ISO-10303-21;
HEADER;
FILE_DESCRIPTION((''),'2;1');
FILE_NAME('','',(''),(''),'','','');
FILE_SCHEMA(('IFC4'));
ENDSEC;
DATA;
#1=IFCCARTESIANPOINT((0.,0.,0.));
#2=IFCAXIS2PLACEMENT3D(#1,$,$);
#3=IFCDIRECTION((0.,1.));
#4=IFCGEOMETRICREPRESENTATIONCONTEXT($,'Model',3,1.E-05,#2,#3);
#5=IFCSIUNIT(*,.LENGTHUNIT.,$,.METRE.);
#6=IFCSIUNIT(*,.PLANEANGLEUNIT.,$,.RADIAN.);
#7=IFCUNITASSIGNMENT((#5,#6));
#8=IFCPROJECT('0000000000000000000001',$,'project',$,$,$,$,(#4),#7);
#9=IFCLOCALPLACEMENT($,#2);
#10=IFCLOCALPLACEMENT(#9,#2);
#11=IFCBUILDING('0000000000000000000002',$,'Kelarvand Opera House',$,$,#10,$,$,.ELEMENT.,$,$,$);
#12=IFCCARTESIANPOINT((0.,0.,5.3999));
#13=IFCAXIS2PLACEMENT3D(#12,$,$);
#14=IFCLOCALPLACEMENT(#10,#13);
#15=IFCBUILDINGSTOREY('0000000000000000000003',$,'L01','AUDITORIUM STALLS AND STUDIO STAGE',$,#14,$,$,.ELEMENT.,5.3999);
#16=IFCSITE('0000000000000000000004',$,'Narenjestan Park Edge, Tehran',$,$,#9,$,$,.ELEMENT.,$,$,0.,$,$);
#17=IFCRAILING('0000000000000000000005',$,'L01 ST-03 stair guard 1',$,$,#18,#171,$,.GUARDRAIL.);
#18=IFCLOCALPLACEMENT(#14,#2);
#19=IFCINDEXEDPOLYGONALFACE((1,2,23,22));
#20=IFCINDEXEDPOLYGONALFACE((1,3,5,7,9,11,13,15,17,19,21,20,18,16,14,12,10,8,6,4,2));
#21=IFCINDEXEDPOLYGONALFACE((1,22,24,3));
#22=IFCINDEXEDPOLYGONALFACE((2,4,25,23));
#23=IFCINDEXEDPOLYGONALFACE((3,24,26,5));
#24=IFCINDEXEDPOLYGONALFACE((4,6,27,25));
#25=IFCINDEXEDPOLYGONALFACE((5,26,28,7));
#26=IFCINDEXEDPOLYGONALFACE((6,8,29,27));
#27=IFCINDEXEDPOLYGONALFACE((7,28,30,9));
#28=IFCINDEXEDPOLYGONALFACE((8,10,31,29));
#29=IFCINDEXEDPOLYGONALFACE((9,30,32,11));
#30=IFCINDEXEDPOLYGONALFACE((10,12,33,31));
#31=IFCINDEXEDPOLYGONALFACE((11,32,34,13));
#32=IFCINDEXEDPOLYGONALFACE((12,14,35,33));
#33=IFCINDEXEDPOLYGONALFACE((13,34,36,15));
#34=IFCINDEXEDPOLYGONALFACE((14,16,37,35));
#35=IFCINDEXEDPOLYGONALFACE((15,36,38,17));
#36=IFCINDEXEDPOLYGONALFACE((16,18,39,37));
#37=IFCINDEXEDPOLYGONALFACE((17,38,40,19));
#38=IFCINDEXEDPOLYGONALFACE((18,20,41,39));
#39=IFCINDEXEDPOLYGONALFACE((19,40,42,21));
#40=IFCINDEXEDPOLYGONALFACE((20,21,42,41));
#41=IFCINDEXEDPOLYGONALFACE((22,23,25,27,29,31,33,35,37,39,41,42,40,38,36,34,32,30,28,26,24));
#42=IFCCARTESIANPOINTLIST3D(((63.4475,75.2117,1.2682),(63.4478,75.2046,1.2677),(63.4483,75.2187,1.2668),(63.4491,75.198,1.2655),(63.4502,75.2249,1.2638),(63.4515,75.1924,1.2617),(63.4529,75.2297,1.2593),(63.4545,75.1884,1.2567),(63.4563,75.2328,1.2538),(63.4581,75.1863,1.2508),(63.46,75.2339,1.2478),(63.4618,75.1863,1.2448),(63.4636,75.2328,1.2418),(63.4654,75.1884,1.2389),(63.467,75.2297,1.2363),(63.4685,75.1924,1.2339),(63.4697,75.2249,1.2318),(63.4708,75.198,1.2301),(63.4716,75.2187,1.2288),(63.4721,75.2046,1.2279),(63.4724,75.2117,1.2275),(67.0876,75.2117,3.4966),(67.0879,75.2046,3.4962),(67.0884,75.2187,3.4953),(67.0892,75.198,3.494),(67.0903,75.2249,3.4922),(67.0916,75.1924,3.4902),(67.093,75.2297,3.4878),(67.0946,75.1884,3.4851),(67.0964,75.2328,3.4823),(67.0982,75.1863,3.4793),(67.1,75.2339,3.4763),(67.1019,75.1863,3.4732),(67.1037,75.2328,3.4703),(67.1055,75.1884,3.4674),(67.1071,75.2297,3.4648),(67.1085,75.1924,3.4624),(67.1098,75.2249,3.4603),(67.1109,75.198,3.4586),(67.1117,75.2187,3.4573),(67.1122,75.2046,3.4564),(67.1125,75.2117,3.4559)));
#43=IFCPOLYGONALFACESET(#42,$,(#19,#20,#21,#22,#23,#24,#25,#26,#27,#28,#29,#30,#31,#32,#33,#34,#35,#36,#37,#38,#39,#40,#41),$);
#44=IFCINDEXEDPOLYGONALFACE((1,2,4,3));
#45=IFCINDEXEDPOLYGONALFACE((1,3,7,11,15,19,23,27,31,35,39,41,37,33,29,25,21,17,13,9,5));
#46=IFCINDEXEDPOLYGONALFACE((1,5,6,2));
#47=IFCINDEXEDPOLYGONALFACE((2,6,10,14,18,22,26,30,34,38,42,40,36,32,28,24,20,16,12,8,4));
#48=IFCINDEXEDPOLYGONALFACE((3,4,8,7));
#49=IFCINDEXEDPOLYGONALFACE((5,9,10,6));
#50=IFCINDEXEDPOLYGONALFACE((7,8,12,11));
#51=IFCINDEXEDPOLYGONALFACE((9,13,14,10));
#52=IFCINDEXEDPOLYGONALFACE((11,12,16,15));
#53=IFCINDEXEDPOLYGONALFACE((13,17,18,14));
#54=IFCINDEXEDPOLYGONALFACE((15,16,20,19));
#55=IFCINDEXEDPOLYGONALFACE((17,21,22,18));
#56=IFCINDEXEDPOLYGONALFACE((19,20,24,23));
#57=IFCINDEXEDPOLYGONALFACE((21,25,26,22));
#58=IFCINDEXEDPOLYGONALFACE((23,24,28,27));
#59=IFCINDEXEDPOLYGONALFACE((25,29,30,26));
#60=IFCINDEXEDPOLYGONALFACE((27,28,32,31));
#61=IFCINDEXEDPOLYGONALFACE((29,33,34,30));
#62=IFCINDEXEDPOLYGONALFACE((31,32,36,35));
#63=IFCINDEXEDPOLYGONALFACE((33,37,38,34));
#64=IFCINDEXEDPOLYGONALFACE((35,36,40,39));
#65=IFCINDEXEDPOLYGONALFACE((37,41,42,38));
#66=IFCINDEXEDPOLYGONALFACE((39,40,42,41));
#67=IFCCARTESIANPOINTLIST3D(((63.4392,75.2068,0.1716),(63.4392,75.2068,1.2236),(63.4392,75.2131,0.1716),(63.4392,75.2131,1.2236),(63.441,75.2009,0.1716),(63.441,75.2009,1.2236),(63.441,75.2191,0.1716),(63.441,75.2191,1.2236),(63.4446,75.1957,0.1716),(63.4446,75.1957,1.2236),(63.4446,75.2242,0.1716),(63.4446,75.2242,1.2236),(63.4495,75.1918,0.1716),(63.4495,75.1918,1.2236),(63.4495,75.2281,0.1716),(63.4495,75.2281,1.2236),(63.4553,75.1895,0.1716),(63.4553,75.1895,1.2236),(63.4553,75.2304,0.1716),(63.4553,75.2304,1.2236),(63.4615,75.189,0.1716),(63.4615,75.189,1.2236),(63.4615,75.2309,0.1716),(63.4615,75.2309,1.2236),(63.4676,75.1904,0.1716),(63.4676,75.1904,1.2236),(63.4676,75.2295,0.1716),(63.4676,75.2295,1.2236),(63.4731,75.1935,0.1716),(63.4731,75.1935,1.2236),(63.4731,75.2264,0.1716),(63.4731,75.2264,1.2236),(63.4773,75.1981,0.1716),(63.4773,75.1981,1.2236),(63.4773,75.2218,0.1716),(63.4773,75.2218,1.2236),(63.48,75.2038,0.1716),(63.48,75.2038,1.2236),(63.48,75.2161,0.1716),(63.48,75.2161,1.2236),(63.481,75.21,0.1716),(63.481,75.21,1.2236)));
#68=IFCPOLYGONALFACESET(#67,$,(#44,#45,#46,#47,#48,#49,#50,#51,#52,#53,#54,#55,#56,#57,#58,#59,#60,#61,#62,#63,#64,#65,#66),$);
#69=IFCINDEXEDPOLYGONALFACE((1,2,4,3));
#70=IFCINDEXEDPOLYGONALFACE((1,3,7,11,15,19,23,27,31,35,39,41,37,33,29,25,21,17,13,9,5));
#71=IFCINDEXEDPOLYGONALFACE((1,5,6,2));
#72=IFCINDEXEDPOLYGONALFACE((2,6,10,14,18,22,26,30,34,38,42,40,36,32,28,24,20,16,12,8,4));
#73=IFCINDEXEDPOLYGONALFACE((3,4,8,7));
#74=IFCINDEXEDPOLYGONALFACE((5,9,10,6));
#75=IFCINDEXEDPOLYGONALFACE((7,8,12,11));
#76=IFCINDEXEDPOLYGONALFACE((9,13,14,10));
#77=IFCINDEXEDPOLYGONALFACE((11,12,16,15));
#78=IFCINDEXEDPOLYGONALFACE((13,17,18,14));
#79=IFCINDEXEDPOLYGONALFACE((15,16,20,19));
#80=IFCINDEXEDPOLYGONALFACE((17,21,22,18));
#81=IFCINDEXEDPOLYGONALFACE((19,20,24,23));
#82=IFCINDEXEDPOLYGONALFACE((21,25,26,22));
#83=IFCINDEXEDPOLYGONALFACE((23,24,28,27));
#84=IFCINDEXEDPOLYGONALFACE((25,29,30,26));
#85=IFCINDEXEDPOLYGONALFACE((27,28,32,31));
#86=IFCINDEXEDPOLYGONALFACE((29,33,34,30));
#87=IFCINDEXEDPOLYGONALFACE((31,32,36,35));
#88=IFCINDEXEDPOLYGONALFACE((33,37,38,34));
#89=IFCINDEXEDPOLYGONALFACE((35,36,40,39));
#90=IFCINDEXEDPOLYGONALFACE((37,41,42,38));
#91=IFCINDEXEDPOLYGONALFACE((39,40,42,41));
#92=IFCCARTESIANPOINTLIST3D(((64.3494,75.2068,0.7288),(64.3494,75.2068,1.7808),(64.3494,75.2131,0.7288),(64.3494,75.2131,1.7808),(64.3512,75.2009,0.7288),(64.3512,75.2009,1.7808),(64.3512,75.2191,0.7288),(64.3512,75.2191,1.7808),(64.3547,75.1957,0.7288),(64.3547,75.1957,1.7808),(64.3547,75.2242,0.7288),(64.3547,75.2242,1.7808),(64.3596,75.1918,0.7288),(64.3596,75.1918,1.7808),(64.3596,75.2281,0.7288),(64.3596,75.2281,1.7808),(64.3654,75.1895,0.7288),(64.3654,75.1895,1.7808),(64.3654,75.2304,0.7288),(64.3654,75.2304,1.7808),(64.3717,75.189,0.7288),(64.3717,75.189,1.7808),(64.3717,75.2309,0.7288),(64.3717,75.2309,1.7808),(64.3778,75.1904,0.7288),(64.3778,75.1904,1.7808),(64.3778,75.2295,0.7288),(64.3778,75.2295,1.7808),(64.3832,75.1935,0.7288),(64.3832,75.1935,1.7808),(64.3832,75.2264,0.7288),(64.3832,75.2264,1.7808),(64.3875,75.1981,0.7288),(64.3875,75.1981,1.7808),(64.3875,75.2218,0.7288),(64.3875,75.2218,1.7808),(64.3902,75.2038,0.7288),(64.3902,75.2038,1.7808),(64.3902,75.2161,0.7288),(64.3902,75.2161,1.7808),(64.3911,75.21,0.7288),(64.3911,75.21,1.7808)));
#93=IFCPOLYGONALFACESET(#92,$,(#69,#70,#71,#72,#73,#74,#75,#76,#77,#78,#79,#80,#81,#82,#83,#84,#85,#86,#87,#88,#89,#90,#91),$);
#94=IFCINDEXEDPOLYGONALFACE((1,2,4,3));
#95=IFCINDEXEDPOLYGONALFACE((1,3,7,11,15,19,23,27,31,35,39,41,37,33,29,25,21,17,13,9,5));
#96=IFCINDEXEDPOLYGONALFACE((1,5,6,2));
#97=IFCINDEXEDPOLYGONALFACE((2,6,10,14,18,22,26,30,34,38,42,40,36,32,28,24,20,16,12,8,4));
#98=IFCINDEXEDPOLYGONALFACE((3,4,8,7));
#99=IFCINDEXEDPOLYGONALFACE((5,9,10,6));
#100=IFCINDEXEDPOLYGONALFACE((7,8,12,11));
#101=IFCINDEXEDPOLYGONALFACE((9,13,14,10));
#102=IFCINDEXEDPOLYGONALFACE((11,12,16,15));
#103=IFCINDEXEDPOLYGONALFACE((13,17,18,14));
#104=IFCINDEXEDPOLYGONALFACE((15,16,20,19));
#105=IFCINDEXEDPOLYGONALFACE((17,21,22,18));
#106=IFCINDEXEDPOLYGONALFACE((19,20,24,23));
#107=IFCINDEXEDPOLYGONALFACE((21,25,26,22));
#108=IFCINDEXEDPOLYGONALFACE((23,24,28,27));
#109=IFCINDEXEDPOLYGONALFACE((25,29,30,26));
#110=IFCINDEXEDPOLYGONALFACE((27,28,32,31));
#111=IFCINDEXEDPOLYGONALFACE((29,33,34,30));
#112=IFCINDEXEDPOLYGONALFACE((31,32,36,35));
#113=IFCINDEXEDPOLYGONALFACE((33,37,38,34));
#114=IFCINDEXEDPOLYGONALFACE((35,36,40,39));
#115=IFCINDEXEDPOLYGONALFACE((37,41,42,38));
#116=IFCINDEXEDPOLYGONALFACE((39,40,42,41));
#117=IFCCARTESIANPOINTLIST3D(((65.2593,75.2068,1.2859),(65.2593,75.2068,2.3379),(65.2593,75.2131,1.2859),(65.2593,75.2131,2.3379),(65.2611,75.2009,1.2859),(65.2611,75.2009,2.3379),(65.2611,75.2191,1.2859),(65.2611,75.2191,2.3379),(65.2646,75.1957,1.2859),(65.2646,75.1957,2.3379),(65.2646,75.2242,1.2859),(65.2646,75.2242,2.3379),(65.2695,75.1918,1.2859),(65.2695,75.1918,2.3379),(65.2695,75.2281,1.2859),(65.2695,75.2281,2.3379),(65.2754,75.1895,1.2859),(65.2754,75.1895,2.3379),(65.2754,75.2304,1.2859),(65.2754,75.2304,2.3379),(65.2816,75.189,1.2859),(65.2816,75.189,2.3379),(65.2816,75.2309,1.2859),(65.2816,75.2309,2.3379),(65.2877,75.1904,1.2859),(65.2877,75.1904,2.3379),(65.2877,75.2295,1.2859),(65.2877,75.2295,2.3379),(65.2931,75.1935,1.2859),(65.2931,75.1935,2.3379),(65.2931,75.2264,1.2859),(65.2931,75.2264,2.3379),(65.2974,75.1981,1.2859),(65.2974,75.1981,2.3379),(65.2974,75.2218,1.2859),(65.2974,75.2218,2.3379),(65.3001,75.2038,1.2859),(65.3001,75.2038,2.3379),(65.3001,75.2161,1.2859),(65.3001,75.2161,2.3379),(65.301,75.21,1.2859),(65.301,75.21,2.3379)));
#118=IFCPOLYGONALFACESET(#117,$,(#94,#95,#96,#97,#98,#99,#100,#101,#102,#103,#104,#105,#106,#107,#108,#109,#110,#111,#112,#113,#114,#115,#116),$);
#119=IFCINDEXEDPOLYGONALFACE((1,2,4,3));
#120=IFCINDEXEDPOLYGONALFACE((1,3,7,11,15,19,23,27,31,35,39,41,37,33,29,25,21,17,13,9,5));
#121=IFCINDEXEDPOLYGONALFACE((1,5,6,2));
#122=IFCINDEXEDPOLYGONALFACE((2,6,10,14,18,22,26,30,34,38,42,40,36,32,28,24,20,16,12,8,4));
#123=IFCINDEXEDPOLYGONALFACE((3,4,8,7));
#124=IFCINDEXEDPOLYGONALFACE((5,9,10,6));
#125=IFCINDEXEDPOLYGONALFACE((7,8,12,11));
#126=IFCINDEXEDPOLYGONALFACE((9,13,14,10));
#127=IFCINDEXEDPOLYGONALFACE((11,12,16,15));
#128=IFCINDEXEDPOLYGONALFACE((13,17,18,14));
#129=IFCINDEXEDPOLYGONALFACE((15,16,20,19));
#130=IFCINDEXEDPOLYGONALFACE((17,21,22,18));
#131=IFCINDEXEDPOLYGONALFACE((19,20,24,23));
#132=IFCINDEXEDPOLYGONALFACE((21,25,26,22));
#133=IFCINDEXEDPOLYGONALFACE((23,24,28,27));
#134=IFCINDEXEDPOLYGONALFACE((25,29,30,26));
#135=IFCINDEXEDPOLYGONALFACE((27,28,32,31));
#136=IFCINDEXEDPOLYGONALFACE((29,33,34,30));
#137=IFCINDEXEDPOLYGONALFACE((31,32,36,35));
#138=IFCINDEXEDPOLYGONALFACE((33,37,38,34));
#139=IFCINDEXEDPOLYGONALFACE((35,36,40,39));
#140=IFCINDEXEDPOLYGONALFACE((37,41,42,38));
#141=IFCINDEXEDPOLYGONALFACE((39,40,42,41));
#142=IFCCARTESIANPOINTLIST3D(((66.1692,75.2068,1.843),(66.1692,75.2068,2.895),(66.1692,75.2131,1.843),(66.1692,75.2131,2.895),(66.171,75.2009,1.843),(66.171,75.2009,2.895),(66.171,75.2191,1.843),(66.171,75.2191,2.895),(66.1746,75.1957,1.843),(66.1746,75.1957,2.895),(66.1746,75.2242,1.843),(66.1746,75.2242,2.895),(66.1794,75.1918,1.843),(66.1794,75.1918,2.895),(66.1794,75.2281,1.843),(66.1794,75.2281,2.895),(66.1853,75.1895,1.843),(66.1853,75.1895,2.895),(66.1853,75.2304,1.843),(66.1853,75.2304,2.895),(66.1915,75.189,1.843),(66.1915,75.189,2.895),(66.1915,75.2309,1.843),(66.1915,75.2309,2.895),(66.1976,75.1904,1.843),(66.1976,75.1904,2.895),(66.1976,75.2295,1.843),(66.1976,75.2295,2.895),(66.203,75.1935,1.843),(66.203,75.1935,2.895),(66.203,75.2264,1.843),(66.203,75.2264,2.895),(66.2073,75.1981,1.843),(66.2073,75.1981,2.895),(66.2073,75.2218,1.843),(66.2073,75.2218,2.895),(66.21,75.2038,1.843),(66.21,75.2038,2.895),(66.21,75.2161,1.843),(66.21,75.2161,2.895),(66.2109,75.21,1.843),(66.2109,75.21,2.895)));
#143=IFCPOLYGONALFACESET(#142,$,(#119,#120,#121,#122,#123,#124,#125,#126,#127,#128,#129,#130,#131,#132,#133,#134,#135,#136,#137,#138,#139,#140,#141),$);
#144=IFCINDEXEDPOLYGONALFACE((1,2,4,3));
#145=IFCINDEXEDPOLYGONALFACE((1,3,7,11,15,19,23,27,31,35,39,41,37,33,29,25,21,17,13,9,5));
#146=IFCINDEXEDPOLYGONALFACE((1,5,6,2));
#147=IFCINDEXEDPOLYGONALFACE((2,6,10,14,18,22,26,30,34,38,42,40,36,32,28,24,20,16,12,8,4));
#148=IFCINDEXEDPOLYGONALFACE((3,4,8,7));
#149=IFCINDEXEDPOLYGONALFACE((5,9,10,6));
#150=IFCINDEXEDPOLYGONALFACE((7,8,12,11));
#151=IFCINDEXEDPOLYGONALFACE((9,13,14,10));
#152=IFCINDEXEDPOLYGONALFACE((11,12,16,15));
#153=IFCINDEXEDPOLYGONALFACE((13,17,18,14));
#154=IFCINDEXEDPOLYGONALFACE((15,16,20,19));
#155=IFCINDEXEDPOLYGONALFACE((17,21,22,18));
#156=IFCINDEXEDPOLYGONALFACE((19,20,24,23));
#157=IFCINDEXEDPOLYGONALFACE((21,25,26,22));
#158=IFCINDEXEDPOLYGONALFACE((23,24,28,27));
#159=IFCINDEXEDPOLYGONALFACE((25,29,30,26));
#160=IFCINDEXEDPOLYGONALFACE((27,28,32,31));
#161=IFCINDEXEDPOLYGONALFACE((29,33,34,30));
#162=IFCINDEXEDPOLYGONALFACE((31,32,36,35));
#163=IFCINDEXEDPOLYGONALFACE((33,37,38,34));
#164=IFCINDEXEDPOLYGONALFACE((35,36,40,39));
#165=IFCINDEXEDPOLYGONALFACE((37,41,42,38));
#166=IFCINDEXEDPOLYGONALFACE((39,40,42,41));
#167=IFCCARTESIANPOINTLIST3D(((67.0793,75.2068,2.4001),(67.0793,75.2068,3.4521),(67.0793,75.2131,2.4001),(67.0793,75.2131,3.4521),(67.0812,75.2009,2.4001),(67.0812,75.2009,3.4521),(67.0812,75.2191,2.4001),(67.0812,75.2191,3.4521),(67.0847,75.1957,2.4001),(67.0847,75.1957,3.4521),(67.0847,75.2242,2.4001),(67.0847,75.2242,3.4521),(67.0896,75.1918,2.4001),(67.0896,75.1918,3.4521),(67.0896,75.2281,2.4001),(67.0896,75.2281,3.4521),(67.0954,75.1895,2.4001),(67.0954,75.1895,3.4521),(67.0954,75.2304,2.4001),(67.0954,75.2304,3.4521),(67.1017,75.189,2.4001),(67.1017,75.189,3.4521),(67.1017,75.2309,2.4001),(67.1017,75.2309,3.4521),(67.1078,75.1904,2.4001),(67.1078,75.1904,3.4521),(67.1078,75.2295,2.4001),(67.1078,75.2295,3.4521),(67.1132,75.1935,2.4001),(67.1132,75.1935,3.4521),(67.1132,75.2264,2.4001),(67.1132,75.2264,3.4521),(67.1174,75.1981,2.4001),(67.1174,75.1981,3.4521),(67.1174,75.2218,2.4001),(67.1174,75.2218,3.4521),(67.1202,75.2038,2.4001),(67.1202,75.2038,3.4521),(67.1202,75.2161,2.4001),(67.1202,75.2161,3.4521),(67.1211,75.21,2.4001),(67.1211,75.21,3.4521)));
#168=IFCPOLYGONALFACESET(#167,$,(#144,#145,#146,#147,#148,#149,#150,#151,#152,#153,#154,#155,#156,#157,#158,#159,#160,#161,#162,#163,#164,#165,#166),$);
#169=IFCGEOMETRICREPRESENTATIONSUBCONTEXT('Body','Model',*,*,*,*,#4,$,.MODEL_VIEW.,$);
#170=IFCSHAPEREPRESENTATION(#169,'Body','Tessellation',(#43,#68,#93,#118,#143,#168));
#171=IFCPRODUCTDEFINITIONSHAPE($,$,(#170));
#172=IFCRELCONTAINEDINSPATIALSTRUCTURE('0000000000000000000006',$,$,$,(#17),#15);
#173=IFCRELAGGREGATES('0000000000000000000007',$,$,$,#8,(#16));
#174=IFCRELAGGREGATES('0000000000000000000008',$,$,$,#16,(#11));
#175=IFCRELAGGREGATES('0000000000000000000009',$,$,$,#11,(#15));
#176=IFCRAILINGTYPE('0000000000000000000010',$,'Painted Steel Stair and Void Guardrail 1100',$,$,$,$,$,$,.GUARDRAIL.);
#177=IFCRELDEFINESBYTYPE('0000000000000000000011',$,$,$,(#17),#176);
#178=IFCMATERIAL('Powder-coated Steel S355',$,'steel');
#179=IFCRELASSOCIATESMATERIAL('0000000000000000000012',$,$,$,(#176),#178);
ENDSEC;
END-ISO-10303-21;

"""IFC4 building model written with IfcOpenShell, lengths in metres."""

from ifc_helpers import new_model, si_unit, direction, frame, origin, origin_2d, place, context, subcontext, project, spatial, circle, extrude, material, type_object, element, save


model = new_model("IFC4")

# Units and contexts
model_context = context("Model", 3, precision=1e-05, world=origin(), true_north=direction((0.0, 1.0)))
body_context = subcontext(model_context, "Body", "Model", "MODEL_VIEW")
ifc_project = project(units=[si_unit("LENGTHUNIT", "METRE"), si_unit("PLANEANGLEUNIT", "RADIAN")], contexts=[model_context])

# Site, building, storey
site_placement = place(None, origin())
site = spatial("IfcSite", under=ifc_project, at=site_placement, Name="Narenjestan Park Edge, Tehran", CompositionType="ELEMENT", RefElevation=0.0)
building_placement = place(site_placement, origin())
building = spatial("IfcBuilding", under=site, at=building_placement, Name="Kelarvand Opera House", CompositionType="ELEMENT")
storey_placement = place(building_placement, frame((0.0, 0.0, 5.3999)))
storey = spatial("IfcBuildingStorey", under=building, at=storey_placement, Name="L01", Description="AUDITORIUM STALLS AND STUDIO STAGE", CompositionType="ELEMENT", Elevation=5.3999)

# Railing
ifc_material_1 = material(Name="Powder-coated Steel S355", Category="steel")
railing_type_1 = type_object("IfcRailingType", Name="Painted Steel Stair and Void Guardrail 1100", PredefinedType="GUARDRAIL", material=ifc_material_1)
railing_1_placement = place(storey_placement, frame((63.46, 75.21, 0.1716)))
element("IfcRailing", 1, at=railing_1_placement, inside=storey, type_object=railing_type_1, Name="L01 ST-03 stair guard 1", PredefinedType="GUARDRAIL", context=body_context, shape_type="SweptSolid", body=[
    extrude(circle(Radius=0.0239, at=origin_2d()), frame((0.0, 0.0, 1.0762), z_axis=(0.852866, 0.0, 0.52213), x_axis=(0.0, 1.0, 0.0)), (0.0, 0.0, 1.0), 4.2681),
    extrude(circle(Radius=0.021, at=origin_2d()), origin(), (0.0, 0.0, 1.0), 1.052),
    extrude(circle(Radius=0.021, at=origin_2d()), frame((0.9102, 0.0, 0.5571)), (0.0, 0.0, 1.0), 1.052),
    extrude(circle(Radius=0.021, at=origin_2d()), frame((1.8201, 0.0, 1.1143)), (0.0, 0.0, 1.0), 1.052),
    extrude(circle(Radius=0.021, at=origin_2d()), frame((2.73, 0.0, 1.6714)), (0.0, 0.0, 1.0), 1.052),
    extrude(circle(Radius=0.021, at=origin_2d()), frame((3.6401, 0.0, 2.2285)), (0.0, 0.0, 1.0), 1.052),
])

save(model, "model.ifc")
